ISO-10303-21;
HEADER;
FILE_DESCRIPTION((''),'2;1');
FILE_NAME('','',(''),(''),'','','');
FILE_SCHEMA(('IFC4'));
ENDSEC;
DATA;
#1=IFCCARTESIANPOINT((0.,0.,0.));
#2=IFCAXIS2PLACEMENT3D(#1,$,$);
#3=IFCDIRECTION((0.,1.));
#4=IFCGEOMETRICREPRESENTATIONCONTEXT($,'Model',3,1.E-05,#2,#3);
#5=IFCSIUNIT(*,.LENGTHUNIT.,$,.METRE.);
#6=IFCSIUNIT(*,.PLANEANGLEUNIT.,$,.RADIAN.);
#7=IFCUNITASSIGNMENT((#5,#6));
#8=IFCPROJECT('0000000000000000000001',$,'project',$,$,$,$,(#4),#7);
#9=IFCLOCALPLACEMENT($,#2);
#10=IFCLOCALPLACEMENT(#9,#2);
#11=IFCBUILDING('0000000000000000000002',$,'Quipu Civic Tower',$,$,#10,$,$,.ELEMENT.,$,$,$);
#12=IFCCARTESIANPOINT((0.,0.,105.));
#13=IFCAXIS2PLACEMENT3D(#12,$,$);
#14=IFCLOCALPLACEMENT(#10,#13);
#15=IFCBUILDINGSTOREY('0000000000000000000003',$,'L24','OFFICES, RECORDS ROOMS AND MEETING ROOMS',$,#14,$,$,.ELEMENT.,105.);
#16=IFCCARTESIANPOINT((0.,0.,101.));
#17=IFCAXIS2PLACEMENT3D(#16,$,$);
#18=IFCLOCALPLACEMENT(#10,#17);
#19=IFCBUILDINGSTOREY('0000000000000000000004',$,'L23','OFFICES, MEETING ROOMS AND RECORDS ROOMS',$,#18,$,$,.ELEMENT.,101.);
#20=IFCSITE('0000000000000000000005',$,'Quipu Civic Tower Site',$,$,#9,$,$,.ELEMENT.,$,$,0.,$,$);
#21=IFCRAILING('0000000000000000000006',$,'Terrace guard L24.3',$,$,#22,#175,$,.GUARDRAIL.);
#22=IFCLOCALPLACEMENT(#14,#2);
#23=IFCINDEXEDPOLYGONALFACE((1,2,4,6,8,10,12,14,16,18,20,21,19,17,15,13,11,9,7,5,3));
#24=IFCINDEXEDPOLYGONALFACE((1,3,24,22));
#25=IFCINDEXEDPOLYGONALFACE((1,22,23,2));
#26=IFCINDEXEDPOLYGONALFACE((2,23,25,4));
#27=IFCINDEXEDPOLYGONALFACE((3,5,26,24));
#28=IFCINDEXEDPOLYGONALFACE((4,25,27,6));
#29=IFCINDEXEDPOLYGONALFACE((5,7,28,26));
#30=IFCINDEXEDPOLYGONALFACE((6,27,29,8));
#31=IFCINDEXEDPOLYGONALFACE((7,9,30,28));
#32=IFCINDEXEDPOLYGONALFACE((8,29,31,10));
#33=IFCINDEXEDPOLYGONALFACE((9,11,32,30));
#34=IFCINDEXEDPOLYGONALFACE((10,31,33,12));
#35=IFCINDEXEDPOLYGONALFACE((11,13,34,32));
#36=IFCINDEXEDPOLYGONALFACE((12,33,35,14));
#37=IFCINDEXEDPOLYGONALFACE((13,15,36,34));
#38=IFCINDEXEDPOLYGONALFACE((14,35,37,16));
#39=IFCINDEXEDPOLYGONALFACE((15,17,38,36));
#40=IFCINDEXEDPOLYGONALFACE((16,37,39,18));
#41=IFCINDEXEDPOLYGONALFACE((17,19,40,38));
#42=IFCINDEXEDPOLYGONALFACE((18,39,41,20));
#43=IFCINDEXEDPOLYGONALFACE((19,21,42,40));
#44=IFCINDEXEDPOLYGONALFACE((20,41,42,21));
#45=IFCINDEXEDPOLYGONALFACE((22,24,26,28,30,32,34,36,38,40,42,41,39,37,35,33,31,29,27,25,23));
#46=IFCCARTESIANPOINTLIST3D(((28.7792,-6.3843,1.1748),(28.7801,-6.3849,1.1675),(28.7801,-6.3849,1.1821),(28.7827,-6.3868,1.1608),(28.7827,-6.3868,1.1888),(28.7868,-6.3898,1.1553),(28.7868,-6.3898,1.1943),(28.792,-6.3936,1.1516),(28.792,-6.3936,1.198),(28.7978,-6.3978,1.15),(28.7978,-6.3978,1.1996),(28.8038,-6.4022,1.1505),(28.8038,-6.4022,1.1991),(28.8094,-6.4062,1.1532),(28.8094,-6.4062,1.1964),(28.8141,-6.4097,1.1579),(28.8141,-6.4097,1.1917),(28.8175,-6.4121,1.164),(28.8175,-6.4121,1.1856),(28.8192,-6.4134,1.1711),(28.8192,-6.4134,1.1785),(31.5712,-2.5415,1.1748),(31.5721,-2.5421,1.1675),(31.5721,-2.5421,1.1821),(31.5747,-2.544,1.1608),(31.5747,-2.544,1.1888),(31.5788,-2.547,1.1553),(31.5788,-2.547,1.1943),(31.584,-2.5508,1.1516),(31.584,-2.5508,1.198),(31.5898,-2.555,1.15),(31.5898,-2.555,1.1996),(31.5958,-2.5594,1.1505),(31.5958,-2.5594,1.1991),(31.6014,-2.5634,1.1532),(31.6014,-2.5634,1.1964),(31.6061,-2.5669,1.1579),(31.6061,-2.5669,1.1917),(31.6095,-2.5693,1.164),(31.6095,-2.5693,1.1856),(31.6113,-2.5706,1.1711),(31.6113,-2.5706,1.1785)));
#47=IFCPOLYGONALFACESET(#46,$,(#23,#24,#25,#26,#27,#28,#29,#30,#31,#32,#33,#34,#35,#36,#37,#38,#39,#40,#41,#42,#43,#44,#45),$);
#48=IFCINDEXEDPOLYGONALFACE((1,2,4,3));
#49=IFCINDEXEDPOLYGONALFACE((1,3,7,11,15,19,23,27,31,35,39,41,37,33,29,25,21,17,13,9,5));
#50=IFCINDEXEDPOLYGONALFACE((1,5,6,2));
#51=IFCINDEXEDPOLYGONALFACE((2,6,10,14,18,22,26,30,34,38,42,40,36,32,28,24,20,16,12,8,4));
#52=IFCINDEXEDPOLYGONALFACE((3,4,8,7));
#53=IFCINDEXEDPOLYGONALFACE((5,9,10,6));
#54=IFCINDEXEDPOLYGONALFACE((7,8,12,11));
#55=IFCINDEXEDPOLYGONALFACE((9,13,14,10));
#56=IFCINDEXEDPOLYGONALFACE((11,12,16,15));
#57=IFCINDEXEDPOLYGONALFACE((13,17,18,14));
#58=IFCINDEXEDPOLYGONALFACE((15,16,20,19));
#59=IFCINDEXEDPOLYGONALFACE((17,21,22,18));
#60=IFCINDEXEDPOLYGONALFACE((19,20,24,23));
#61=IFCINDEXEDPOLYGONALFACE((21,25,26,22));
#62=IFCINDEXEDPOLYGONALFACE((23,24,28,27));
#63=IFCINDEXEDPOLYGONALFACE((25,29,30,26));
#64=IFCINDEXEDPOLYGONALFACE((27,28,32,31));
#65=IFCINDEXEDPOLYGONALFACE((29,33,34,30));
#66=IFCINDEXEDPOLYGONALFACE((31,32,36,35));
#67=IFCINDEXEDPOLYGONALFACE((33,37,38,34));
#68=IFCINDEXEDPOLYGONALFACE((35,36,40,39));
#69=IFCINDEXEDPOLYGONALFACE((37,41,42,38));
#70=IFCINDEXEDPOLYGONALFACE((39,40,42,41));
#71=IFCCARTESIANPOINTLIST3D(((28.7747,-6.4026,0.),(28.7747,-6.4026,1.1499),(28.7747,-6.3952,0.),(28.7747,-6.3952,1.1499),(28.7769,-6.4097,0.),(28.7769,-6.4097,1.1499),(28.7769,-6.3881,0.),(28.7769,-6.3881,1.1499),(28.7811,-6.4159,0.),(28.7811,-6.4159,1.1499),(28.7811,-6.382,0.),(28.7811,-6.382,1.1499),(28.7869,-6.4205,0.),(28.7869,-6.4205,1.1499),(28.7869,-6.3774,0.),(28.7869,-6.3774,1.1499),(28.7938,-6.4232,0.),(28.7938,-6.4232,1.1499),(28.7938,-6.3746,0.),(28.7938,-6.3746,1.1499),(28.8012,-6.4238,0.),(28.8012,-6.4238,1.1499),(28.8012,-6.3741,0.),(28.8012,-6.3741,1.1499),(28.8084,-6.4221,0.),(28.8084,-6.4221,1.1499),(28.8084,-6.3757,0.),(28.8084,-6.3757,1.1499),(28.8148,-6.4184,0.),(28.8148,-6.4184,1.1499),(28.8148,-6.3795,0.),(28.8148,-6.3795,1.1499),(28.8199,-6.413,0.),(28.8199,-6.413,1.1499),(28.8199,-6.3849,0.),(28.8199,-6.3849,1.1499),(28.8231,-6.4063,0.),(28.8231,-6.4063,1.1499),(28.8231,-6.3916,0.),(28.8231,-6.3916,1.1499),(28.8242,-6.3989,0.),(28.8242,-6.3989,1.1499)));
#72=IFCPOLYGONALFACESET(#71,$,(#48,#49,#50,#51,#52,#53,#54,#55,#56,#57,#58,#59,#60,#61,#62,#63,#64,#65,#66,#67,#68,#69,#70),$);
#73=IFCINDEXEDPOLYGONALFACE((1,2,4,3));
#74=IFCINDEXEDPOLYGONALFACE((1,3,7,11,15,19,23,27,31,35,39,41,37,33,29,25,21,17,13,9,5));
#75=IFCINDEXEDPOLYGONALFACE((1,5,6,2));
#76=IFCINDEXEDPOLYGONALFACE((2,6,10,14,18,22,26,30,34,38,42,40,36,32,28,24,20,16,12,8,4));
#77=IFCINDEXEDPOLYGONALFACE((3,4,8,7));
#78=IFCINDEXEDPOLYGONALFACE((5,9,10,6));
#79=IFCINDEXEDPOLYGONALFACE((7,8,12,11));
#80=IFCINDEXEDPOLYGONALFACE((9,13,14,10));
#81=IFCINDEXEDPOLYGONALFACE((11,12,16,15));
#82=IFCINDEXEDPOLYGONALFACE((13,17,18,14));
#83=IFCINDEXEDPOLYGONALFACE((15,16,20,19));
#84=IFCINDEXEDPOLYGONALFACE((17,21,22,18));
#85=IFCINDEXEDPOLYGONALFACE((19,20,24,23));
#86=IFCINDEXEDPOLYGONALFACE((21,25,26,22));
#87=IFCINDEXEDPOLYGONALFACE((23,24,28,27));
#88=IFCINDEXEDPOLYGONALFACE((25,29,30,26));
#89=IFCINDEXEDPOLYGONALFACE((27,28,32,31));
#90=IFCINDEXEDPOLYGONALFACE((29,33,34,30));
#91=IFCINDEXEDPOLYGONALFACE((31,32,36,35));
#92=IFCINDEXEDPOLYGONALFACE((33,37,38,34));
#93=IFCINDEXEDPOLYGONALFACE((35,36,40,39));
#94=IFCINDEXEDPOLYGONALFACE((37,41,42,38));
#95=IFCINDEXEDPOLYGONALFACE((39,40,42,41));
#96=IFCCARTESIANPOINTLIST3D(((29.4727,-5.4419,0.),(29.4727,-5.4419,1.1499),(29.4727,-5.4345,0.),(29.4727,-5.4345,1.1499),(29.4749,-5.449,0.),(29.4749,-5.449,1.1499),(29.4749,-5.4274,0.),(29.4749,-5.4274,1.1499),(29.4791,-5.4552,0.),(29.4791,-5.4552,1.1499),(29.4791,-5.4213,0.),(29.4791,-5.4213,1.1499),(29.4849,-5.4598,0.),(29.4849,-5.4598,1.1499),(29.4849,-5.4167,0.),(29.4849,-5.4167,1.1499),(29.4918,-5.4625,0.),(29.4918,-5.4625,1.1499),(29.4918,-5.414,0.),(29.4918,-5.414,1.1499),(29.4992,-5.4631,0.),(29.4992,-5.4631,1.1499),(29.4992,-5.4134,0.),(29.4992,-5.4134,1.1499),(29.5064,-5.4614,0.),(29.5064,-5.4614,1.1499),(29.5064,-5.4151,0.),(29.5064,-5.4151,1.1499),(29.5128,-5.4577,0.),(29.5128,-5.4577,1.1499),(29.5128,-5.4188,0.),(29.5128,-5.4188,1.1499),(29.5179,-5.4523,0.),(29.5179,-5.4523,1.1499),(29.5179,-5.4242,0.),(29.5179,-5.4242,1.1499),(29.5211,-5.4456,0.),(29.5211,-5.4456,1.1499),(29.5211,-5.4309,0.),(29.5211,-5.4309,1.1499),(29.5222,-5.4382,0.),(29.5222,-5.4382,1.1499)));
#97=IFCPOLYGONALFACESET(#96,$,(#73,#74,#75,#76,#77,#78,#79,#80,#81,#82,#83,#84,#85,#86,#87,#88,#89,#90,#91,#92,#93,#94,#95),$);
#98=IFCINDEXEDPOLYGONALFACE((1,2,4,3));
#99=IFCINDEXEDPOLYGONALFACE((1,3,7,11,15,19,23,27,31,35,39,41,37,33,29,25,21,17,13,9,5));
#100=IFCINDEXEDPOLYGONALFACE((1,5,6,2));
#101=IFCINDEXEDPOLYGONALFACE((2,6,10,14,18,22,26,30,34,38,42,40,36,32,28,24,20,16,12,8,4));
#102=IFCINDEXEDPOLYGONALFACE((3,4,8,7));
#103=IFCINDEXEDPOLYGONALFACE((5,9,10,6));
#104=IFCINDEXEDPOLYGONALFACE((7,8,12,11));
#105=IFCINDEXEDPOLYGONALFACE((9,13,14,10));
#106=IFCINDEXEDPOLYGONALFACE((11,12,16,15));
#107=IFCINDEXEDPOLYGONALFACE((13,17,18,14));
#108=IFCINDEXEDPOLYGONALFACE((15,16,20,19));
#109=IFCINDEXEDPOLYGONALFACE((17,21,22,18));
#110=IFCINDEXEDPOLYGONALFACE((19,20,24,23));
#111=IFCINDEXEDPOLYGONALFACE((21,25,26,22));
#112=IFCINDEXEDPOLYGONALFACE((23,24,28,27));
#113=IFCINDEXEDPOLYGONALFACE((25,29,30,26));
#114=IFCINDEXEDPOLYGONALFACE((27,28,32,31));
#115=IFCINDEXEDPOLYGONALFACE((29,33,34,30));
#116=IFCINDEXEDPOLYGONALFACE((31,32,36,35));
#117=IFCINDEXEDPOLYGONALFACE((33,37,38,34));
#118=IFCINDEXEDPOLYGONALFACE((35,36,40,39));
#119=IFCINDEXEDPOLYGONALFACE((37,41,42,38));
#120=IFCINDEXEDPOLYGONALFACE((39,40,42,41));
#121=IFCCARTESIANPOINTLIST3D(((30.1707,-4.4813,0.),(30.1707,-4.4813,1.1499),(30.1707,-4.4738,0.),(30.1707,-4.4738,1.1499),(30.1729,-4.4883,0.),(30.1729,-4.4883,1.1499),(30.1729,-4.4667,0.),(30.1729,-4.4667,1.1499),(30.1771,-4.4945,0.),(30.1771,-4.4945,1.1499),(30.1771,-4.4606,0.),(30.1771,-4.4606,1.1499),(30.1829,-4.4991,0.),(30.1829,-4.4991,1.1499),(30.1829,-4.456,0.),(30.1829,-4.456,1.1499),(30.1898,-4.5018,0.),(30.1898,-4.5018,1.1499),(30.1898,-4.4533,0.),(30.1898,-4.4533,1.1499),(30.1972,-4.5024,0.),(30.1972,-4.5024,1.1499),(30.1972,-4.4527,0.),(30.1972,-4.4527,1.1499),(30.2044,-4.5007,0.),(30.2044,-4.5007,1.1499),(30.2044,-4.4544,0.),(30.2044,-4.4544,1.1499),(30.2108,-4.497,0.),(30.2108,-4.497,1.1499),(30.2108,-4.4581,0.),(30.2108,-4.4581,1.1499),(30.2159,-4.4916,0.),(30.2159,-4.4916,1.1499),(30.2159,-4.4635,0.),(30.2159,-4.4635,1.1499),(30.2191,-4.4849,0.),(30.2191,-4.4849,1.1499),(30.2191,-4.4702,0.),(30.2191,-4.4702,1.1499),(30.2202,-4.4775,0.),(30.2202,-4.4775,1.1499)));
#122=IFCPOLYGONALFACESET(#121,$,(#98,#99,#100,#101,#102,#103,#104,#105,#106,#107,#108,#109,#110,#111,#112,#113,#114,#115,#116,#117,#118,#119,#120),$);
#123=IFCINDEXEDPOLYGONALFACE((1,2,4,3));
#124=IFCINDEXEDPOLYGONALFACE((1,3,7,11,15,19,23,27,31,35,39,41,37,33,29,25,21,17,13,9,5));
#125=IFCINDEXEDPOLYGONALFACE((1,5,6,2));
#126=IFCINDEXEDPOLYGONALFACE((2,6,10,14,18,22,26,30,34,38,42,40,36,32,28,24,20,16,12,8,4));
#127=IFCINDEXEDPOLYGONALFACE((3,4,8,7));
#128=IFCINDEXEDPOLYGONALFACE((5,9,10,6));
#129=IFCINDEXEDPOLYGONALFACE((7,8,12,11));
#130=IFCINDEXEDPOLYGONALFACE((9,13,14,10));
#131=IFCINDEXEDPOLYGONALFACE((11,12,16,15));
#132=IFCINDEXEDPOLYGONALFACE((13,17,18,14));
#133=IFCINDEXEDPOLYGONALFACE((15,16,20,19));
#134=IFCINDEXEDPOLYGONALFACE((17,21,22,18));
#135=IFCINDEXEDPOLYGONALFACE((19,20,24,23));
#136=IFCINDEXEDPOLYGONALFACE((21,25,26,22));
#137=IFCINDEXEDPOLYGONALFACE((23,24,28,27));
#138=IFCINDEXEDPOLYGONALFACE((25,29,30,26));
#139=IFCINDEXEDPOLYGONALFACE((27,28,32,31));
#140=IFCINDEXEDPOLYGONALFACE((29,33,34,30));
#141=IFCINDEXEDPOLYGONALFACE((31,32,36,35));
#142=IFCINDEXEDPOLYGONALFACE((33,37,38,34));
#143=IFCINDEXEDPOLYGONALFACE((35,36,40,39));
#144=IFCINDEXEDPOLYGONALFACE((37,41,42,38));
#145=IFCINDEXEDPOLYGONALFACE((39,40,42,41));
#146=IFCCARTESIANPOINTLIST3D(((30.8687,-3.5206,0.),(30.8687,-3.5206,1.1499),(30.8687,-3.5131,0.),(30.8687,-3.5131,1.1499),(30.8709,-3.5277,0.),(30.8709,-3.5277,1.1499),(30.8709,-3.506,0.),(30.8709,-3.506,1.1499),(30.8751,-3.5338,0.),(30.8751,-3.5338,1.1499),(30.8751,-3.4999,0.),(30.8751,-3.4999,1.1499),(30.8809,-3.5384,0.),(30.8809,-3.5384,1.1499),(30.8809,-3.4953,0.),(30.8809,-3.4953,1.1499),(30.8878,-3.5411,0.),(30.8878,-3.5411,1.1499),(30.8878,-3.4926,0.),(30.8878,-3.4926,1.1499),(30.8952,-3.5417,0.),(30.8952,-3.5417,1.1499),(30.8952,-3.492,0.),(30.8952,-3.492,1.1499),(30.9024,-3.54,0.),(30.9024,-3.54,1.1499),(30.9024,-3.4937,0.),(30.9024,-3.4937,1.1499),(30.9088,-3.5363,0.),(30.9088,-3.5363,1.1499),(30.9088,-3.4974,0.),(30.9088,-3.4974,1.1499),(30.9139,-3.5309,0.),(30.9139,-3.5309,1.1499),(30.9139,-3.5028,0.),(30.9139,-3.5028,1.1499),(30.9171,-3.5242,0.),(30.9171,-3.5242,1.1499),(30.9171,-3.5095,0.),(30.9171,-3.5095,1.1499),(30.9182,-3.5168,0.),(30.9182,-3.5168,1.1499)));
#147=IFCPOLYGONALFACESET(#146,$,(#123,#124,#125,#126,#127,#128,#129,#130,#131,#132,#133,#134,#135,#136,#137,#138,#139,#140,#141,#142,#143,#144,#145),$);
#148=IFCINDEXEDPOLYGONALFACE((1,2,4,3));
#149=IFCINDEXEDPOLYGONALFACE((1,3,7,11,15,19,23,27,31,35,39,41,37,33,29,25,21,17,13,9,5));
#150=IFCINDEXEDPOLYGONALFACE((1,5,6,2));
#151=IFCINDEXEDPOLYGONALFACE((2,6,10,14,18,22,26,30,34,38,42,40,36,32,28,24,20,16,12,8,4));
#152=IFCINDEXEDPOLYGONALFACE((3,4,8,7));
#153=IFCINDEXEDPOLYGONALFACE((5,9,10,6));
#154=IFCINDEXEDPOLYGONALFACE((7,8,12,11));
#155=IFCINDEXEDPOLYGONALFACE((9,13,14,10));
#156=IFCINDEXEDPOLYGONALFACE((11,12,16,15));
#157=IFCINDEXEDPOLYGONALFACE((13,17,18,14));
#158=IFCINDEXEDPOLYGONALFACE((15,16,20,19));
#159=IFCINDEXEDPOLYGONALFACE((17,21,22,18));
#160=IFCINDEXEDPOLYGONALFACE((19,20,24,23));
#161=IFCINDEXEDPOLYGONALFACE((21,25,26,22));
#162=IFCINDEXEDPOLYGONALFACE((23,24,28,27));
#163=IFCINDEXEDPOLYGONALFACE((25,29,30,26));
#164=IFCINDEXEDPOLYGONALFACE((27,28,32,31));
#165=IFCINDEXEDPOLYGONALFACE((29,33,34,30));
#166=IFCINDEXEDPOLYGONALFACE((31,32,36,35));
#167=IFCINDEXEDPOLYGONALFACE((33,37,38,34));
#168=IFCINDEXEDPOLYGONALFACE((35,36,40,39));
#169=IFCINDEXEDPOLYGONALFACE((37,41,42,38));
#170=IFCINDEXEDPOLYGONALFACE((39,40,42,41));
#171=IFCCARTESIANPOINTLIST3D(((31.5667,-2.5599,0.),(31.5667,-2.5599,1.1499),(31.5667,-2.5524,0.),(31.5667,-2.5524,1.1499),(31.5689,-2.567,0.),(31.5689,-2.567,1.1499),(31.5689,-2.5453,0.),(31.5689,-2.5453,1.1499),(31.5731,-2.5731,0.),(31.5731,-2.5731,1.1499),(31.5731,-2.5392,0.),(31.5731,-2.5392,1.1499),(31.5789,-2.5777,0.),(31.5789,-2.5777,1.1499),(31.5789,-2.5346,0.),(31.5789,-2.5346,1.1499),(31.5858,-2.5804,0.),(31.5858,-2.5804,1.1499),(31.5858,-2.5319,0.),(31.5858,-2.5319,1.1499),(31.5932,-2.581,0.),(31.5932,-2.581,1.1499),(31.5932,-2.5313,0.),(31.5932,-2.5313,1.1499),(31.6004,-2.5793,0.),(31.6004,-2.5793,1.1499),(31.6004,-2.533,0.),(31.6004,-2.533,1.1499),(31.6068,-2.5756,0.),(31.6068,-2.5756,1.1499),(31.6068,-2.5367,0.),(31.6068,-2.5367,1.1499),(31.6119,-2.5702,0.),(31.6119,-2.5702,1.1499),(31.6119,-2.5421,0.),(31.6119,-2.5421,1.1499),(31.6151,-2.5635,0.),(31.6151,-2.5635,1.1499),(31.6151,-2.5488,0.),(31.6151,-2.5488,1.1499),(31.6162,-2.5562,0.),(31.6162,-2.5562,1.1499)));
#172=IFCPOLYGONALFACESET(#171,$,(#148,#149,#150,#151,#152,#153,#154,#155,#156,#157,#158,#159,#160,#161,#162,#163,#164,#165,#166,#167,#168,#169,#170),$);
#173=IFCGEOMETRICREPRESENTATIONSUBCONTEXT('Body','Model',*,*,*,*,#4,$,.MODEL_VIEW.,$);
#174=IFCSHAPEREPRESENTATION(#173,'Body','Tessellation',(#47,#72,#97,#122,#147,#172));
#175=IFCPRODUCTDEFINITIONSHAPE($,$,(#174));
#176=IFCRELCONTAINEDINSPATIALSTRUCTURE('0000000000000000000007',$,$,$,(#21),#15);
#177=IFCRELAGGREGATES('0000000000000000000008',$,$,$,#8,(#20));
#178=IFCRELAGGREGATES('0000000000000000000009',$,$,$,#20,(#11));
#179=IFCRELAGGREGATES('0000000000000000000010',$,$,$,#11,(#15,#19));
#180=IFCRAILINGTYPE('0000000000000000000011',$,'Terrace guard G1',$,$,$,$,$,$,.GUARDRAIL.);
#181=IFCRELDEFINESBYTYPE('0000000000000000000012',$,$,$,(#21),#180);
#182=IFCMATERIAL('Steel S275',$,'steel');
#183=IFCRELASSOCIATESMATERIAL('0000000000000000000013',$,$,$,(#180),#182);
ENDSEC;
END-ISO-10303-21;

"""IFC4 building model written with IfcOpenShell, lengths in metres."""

from ifc_helpers import new_model, si_unit, direction, frame, origin, origin_2d, place, context, subcontext, project, spatial, circle, extrude, material, type_object, element, save


model = new_model("IFC4")

# Units and contexts
model_context = context("Model", 3, precision=1e-05, world=origin(), true_north=direction((0.0, 1.0)))
body_context = subcontext(model_context, "Body", "Model", "MODEL_VIEW")
ifc_project = project(units=[si_unit("LENGTHUNIT", "METRE"), si_unit("PLANEANGLEUNIT", "RADIAN")], contexts=[model_context])

# Site, building, storey
site_placement = place(None, origin())
site = spatial("IfcSite", under=ifc_project, at=site_placement, Name="Quipu Civic Tower Site", CompositionType="ELEMENT", RefElevation=0.0)
building_placement = place(site_placement, origin())
building = spatial("IfcBuilding", under=site, at=building_placement, Name="Quipu Civic Tower", CompositionType="ELEMENT")
storey_1_placement = place(building_placement, frame((0.0, 0.0, 105.0)))
storey_1 = spatial("IfcBuildingStorey", under=building, at=storey_1_placement, Name="L24", Description="OFFICES, RECORDS ROOMS AND MEETING ROOMS", CompositionType="ELEMENT", Elevation=105.0)

# Shared definitions
storey_2_placement = place(building_placement, frame((0.0, 0.0, 101.0)))
storey_2 = spatial("IfcBuildingStorey", under=building, at=storey_2_placement, Name="L23", Description="OFFICES, MEETING ROOMS AND RECORDS ROOMS", CompositionType="ELEMENT", Elevation=101.0)

# Railing
ifc_material_1 = material(Name="Steel S275", Category="steel")
railing_type = type_object("IfcRailingType", Name="Terrace guard G1", PredefinedType="GUARDRAIL", material=ifc_material_1)
railing_1_placement = place(storey_1_placement, frame((28.7993, -6.3989, 0.0)))
element("IfcRailing", 1, at=railing_1_placement, inside=storey_1, type_object=railing_type, Name="Terrace guard L24.3", PredefinedType="GUARDRAIL", context=body_context, shape_type="SweptSolid", body=[
    extrude(circle(Radius=0.0249, at=origin_2d()), frame((0.0, 0.0, 1.1748), z_axis=(0.587793, 0.809012, 0.0), x_axis=(-0.809012, 0.587793, 0.0)), (0.0, 0.0, 1.0), 4.75),
    extrude(circle(Radius=0.0249, at=origin_2d()), origin(), (0.0, 0.0, 1.0), 1.1499),
    extrude(circle(Radius=0.0249, at=origin_2d()), frame((0.698, 0.9607, 0.0)), (0.0, 0.0, 1.0), 1.1499),
    extrude(circle(Radius=0.0249, at=origin_2d()), frame((1.396, 1.9214, 0.0)), (0.0, 0.0, 1.0), 1.1499),
    extrude(circle(Radius=0.0249, at=origin_2d()), frame((2.094, 2.8821, 0.0)), (0.0, 0.0, 1.0), 1.1499),
    extrude(circle(Radius=0.0249, at=origin_2d()), frame((2.792, 3.8428, 0.0)), (0.0, 0.0, 1.0), 1.1499),
])

save(model, "model.ifc")
